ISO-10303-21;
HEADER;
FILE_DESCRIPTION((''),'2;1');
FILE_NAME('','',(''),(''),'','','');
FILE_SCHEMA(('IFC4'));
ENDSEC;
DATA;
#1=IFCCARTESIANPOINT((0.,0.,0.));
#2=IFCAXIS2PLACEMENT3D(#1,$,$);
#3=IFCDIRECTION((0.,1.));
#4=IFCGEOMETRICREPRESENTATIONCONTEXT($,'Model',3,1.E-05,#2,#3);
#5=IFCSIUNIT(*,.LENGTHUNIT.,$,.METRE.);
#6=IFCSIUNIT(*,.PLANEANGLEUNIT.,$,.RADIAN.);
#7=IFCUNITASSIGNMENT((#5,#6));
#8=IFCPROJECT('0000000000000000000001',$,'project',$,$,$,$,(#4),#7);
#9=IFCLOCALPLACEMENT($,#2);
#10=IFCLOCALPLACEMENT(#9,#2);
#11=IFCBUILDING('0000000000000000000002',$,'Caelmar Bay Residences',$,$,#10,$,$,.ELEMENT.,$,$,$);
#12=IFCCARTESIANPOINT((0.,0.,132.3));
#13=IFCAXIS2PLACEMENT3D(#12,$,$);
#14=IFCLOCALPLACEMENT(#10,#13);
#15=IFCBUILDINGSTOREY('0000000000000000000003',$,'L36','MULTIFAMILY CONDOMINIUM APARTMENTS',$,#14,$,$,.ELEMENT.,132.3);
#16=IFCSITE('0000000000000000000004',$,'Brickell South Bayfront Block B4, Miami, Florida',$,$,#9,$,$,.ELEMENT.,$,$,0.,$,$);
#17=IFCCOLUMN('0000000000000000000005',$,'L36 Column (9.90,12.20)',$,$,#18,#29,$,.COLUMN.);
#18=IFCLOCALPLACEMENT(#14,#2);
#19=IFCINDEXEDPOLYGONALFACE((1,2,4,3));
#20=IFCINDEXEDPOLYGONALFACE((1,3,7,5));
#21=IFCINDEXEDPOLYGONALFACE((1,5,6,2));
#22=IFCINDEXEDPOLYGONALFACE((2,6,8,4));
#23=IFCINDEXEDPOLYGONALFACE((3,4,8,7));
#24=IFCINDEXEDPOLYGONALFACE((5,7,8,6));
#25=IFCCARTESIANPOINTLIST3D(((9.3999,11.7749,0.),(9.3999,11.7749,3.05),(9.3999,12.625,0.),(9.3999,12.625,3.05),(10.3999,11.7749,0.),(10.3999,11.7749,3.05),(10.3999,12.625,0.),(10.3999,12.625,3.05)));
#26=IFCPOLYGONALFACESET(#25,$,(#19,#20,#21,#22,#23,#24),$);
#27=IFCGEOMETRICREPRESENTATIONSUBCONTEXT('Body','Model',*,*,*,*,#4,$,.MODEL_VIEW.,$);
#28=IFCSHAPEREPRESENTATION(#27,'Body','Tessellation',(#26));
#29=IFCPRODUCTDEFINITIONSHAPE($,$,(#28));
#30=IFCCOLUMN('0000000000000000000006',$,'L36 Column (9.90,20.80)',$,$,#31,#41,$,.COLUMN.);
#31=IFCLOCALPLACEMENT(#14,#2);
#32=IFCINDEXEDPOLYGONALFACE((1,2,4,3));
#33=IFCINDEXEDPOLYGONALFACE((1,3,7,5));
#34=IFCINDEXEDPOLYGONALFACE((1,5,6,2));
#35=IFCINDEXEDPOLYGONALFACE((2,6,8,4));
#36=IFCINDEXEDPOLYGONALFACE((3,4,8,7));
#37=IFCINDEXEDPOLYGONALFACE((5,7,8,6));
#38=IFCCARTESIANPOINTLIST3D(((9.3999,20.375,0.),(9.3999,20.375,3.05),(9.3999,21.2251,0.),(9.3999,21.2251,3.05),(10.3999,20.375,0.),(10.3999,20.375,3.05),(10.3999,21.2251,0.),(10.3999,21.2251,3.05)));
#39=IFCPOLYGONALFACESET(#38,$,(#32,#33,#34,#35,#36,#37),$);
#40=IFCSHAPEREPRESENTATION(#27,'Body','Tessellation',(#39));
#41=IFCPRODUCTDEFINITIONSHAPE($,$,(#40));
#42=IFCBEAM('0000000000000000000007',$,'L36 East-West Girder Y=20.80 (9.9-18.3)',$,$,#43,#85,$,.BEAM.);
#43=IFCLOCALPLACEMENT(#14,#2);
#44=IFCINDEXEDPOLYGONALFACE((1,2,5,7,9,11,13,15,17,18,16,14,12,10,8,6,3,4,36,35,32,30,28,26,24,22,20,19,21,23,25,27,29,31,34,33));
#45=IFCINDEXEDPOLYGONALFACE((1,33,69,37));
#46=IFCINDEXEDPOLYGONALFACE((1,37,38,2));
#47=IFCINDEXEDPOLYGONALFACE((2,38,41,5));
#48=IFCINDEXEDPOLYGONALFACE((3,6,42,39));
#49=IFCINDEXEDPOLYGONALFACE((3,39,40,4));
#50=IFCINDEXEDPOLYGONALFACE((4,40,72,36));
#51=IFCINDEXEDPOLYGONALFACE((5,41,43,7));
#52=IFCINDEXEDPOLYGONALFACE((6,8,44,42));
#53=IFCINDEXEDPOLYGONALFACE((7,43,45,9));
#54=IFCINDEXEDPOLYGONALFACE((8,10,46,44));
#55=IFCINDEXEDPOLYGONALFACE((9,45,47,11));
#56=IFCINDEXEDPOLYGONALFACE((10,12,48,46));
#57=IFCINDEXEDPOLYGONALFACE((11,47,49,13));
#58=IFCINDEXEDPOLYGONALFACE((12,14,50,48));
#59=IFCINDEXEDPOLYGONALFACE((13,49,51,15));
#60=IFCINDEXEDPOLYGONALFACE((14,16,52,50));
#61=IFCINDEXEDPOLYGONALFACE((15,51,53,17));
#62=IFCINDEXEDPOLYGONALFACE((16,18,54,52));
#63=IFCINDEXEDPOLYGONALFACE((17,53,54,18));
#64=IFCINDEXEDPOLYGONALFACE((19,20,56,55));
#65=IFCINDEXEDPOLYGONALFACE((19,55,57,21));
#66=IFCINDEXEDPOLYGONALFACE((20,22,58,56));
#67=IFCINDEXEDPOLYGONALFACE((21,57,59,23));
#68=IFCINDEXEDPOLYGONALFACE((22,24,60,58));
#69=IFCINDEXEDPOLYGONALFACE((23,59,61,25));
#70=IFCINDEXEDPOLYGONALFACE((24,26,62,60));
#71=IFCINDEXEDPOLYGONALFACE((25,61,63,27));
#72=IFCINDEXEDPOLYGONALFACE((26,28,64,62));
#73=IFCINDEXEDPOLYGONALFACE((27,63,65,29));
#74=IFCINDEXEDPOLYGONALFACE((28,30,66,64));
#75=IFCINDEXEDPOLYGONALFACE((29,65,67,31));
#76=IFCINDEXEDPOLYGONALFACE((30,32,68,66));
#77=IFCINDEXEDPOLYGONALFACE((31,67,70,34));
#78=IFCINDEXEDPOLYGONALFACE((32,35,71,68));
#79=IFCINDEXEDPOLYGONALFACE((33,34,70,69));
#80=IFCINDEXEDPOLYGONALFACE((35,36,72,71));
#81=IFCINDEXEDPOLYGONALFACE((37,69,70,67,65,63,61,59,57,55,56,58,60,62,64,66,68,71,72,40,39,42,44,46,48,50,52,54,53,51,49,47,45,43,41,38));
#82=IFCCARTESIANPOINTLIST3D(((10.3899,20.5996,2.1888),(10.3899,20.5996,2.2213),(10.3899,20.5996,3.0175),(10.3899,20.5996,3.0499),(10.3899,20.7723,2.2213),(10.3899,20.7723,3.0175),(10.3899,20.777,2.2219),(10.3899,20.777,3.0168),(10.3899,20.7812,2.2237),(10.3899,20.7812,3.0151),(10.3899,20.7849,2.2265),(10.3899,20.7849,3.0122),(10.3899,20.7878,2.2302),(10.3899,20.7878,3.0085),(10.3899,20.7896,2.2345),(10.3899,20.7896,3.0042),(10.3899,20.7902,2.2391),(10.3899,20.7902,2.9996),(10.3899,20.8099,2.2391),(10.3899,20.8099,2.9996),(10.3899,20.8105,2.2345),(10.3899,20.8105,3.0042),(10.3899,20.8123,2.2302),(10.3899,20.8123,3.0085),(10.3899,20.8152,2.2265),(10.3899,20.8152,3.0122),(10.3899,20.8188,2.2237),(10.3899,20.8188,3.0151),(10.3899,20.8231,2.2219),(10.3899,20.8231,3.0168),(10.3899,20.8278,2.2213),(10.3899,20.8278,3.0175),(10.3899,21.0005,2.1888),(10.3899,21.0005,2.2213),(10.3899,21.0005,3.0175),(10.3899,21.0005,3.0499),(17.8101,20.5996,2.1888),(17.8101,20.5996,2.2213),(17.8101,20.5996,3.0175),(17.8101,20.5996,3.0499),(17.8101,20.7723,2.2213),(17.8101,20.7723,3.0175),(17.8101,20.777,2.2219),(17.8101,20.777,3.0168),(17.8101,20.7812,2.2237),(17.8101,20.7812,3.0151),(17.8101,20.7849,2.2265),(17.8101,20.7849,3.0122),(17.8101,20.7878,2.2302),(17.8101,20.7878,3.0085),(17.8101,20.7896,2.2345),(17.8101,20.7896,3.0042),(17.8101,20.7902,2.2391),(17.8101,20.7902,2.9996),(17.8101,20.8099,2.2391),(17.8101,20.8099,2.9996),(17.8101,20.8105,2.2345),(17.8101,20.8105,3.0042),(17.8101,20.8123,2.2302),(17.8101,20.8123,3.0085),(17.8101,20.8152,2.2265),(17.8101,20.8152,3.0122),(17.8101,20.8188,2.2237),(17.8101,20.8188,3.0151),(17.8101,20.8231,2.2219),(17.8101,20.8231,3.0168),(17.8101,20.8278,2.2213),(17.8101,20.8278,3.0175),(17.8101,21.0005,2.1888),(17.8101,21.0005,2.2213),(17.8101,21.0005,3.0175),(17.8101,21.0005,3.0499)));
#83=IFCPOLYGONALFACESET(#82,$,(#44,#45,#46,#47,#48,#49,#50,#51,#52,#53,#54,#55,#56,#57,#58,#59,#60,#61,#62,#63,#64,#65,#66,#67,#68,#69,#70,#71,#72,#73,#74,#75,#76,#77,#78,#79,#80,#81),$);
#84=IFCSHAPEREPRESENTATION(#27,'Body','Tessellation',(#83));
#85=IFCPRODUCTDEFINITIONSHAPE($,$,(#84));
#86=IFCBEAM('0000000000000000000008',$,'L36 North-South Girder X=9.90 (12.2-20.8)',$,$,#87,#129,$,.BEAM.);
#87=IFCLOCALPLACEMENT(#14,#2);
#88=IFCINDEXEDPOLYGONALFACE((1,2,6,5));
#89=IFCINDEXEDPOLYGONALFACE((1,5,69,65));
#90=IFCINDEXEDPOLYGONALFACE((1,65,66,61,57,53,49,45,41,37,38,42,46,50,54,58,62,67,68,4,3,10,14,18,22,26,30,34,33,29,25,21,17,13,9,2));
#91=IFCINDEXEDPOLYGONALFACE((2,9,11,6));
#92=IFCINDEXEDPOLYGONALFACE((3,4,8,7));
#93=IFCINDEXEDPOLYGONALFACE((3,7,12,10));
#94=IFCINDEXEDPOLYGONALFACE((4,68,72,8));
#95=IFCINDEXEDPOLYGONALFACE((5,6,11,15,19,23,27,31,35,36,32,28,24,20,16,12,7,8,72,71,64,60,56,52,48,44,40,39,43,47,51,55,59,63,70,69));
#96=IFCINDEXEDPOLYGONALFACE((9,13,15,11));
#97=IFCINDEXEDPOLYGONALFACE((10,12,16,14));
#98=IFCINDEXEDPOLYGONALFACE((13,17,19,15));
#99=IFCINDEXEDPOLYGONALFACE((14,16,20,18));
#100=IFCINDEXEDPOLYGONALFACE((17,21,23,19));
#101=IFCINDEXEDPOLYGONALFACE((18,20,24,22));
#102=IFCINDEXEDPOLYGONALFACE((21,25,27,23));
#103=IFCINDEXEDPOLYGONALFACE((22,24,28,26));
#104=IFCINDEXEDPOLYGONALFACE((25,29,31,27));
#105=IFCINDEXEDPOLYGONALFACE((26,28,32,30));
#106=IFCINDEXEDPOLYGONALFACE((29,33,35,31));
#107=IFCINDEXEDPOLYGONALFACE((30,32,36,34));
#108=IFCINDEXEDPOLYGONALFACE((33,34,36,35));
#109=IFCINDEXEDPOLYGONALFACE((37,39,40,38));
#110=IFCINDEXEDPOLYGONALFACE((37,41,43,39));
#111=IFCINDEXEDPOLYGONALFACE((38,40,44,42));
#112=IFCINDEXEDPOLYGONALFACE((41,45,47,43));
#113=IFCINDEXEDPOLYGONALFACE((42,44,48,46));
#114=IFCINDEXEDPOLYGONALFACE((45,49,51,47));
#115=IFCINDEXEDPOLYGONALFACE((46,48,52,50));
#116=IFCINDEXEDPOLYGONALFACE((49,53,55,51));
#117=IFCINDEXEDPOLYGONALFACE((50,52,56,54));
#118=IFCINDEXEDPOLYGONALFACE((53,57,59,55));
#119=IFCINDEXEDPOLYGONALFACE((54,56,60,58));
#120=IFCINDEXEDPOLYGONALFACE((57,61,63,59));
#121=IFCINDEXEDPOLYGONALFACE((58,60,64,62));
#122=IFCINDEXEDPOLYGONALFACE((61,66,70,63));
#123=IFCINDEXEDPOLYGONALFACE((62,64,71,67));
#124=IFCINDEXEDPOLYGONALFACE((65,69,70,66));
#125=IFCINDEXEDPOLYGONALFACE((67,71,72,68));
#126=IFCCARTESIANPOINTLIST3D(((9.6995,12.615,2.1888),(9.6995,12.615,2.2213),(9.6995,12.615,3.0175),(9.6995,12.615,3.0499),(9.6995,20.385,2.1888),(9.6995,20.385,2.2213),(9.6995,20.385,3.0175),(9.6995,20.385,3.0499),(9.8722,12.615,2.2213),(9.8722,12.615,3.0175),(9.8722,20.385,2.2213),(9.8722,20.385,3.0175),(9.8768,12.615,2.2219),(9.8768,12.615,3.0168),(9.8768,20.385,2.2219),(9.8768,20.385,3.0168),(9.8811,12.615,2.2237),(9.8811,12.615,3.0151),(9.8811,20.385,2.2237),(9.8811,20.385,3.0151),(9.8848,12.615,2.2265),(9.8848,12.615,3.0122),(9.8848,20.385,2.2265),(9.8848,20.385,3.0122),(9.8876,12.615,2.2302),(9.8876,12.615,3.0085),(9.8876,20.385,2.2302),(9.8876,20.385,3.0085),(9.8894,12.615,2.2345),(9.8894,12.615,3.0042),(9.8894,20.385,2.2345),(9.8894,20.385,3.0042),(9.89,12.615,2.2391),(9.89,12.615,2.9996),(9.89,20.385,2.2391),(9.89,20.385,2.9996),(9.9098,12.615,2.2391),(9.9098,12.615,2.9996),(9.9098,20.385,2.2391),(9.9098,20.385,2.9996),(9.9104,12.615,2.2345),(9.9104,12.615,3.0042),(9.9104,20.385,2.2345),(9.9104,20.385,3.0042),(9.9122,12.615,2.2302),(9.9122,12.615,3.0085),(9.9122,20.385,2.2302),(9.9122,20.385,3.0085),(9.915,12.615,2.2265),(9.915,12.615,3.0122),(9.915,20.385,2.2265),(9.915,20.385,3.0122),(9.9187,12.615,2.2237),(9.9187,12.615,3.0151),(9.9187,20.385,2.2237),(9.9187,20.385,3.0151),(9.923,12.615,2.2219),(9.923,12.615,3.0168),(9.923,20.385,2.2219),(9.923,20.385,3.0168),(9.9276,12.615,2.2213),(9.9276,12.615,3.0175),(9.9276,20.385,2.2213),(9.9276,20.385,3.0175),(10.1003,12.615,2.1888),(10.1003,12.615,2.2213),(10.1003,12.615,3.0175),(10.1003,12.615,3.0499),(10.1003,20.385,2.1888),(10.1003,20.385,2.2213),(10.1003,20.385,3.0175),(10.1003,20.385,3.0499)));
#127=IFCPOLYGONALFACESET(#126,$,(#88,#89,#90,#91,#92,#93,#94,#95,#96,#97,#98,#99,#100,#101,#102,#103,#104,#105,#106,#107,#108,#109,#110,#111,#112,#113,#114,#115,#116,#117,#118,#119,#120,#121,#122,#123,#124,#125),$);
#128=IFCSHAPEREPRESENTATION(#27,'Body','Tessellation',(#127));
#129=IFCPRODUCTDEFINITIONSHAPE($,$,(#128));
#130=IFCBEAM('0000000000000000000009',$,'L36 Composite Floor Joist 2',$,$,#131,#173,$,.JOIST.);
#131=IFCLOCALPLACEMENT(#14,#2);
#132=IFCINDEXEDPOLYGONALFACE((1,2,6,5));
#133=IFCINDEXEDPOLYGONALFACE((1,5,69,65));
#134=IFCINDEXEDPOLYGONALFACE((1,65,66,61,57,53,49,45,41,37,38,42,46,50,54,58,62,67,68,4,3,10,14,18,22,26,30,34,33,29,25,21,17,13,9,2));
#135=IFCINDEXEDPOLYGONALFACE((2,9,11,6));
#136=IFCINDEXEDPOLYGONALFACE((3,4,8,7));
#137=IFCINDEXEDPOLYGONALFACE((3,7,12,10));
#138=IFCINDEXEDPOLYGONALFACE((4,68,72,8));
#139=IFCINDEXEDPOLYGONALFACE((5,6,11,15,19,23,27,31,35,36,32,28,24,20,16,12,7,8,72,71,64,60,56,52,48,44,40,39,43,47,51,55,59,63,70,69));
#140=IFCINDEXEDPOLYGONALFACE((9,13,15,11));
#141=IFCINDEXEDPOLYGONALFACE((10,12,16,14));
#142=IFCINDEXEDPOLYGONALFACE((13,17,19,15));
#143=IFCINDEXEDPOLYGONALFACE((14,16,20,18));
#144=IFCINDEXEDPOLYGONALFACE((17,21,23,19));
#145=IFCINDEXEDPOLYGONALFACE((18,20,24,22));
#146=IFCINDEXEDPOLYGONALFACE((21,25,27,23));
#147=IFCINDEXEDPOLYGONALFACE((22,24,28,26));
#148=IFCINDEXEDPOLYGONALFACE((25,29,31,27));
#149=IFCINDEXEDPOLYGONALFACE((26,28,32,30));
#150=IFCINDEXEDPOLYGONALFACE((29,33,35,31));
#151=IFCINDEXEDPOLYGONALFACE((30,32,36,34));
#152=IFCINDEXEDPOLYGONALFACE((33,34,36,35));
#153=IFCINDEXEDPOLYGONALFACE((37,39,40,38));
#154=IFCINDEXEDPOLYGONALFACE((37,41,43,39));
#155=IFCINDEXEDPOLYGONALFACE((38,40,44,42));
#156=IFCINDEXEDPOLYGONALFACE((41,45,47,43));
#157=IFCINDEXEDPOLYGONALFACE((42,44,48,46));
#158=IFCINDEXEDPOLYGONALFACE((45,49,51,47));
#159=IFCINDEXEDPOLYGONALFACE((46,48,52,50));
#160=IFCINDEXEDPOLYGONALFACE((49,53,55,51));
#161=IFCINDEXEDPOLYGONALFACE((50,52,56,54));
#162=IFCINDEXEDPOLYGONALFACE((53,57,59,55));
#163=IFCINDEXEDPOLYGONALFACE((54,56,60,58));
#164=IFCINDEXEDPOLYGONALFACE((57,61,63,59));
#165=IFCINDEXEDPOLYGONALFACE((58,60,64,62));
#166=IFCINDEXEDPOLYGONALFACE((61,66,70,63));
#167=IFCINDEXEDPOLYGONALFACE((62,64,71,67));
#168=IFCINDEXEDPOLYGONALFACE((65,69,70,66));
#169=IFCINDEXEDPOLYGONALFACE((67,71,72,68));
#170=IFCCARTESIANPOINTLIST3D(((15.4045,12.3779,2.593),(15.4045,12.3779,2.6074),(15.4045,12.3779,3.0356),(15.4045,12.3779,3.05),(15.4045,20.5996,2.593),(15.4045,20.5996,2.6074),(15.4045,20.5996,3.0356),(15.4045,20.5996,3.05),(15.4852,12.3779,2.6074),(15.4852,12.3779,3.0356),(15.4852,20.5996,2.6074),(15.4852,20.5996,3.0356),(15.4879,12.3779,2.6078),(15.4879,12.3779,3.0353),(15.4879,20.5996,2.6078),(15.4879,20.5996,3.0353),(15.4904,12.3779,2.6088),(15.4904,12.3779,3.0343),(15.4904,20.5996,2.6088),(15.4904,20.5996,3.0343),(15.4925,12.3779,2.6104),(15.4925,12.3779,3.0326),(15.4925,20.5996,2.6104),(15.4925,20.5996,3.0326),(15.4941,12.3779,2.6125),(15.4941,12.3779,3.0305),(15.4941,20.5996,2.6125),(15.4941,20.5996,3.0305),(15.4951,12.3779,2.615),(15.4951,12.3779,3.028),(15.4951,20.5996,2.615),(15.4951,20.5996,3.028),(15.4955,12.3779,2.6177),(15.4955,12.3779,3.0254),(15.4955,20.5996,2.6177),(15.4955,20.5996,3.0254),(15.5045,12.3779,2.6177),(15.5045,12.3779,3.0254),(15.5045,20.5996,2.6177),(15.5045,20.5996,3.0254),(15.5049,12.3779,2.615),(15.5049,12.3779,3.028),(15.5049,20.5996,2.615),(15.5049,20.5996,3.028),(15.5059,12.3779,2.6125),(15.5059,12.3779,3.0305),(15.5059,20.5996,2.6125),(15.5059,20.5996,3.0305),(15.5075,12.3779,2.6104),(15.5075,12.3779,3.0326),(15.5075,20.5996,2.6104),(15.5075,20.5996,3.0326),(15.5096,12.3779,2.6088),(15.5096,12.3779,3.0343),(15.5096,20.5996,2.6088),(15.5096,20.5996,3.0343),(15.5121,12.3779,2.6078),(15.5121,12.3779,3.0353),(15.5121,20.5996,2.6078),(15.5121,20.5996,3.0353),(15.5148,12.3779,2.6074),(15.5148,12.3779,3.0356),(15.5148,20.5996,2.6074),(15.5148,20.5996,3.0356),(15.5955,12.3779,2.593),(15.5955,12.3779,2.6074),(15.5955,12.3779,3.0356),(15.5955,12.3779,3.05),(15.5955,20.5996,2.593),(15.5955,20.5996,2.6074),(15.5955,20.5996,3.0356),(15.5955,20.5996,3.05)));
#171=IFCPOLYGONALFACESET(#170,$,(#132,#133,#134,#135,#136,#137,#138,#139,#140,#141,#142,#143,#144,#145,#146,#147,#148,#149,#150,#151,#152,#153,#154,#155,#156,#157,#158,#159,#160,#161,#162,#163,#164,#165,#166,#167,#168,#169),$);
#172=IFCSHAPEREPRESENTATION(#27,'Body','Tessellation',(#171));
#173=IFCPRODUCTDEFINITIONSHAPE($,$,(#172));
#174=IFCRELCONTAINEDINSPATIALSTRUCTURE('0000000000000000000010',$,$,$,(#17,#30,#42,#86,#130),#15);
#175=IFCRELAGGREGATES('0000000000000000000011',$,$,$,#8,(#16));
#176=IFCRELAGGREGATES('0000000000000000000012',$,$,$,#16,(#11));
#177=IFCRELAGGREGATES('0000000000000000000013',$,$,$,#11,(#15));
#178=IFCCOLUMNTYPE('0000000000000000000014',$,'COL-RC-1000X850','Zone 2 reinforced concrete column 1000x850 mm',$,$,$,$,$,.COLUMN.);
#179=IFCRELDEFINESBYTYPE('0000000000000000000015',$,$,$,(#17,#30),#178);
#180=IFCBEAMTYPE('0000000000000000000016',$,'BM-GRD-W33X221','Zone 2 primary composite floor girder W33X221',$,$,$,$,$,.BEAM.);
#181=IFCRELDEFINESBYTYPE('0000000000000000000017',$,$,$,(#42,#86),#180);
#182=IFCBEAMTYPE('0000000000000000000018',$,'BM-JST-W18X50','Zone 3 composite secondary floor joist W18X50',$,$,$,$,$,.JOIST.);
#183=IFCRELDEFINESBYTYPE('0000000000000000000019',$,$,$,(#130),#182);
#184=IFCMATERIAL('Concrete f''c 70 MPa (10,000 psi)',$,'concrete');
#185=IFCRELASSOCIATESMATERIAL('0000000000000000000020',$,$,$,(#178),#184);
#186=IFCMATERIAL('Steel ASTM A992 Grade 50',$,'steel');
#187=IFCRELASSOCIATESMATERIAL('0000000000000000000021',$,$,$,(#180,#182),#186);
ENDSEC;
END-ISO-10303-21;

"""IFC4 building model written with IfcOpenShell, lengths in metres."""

from ifc_helpers import new_model, si_unit, direction, frame, origin, origin_2d, place, context, subcontext, project, spatial, rectangle, i_section, extrude, material, material_profile, profile_set, type_object, element, save


model = new_model("IFC4")

# Units and contexts
model_context = context("Model", 3, precision=1e-05, world=origin(), true_north=direction((0.0, 1.0)))
body_context = subcontext(model_context, "Body", "Model", "MODEL_VIEW")
ifc_project = project(units=[si_unit("LENGTHUNIT", "METRE"), si_unit("PLANEANGLEUNIT", "RADIAN")], contexts=[model_context])

# Site, building, storey
site_placement = place(None, origin())
site = spatial("IfcSite", under=ifc_project, at=site_placement, Name="Brickell South Bayfront Block B4, Miami, Florida", CompositionType="ELEMENT", RefElevation=0.0)
building_placement = place(site_placement, origin())
building = spatial("IfcBuilding", under=site, at=building_placement, Name="Caelmar Bay Residences", CompositionType="ELEMENT")
storey_placement = place(building_placement, frame((0.0, 0.0, 132.3)))
storey = spatial("IfcBuildingStorey", under=building, at=storey_placement, Name="L36", Description="MULTIFAMILY CONDOMINIUM APARTMENTS", CompositionType="ELEMENT", Elevation=132.3)

# Columns
ifc_material_1 = material(Name="Concrete f'c 70 MPa (10,000 psi)", Category="concrete")
ifc_material_profile_1 = material_profile(ifc_material_1, rectangle(XDim=1.0, YDim=0.8501, at=origin_2d()), Name="RC-COL-1000X850")
ifc_profile_set_1 = profile_set([ifc_material_profile_1], Name="Concrete f'c 70 MPa (10,000 psi)")
column_type = type_object("IfcColumnType", Name="COL-RC-1000X850", Description="Zone 2 reinforced concrete column 1000x850 mm", PredefinedType="COLUMN", material=ifc_profile_set_1)
for number, where, z_axis, x_axis, name in (
    (1, (9.8999, 12.2, 0.0), (0.0, 0.0, 1.0), (1.0, 0.0, 0.0), "L36 Column (9.90,12.20)"),
    (2, (9.8999, 20.8, 0.0), (0.0, 0.0, 1.0), (1.0, 0.0, 0.0), "L36 Column (9.90,20.80)"),
):
    element("IfcColumn", number, at=place(storey_placement, frame(where, z_axis=z_axis, x_axis=x_axis)), inside=storey, type_object=column_type, Name=name, PredefinedType="COLUMN", context=body_context, shape_type="SweptSolid", body=[
        extrude(rectangle(XDim=1.0, YDim=0.8501, at=origin_2d()), origin(), (0.0, 0.0, 1.0), 3.05),
    ])

# Beams
ifc_material_2 = material(Name="Steel ASTM A992 Grade 50", Category="steel")
ifc_material_profile_2 = material_profile(ifc_material_2, i_section(OverallWidth=0.4009, OverallDepth=0.8611, WebThickness=0.0198, FlangeThickness=0.0325, FilletRadius=0.0178, at=origin_2d()), Name="W33X221")
ifc_profile_set_2 = profile_set([ifc_material_profile_2], Name="Steel ASTM A992 Grade 50")
beam_type_1 = type_object("IfcBeamType", Name="BM-GRD-W33X221", Description="Zone 2 primary composite floor girder W33X221", PredefinedType="BEAM", material=ifc_profile_set_2)
beam_1_placement = place(storey_placement, frame((10.3899, 20.8, 2.6194), z_axis=(1.0, 0.0, 0.0), x_axis=(0.0, 1.0, 0.0)))
element("IfcBeam", 3, at=beam_1_placement, inside=storey, type_object=beam_type_1, Name="L36 East-West Girder Y=20.80 (9.9-18.3)", PredefinedType="BEAM", context=body_context, shape_type="SweptSolid", body=[
    extrude(i_section(OverallWidth=0.4009, OverallDepth=0.8611, WebThickness=0.0198, FlangeThickness=0.0325, FilletRadius=0.0178, at=origin_2d()), origin(), (0.0, 0.0, 1.0), 7.4202),
])
beam_2_placement = place(storey_placement, frame((9.8999, 12.615, 2.6194), z_axis=(0.0, 1.0, 0.0), x_axis=(-1.0, 0.0, 0.0)))
element("IfcBeam", 4, at=beam_2_placement, inside=storey, type_object=beam_type_1, Name="L36 North-South Girder X=9.90 (12.2-20.8)", PredefinedType="BEAM", context=body_context, shape_type="SweptSolid", body=[
    extrude(i_section(OverallWidth=0.4009, OverallDepth=0.8611, WebThickness=0.0198, FlangeThickness=0.0325, FilletRadius=0.0178, at=origin_2d()), origin(), (0.0, 0.0, 1.0), 7.77),
])
ifc_material_profile_3 = material_profile(ifc_material_2, i_section(OverallWidth=0.1909, OverallDepth=0.457, WebThickness=0.009, FlangeThickness=0.0144, FilletRadius=0.0103, at=origin_2d()), Name="W18X50")
ifc_profile_set_3 = profile_set([ifc_material_profile_3], Name="Steel ASTM A992 Grade 50")
beam_type_2 = type_object("IfcBeamType", Name="BM-JST-W18X50", Description="Zone 3 composite secondary floor joist W18X50", PredefinedType="JOIST", material=ifc_profile_set_3)
beam_3_placement = place(storey_placement, frame((15.5, 12.3779, 2.8215), z_axis=(0.0, 1.0, 0.0), x_axis=(-1.0, 0.0, 0.0)))
element("IfcBeam", 5, at=beam_3_placement, inside=storey, type_object=beam_type_2, Name="L36 Composite Floor Joist 2", PredefinedType="JOIST", context=body_context, shape_type="SweptSolid", body=[
    extrude(i_section(OverallWidth=0.1909, OverallDepth=0.457, WebThickness=0.009, FlangeThickness=0.0144, FilletRadius=0.0103, at=origin_2d()), origin(), (0.0, 0.0, 1.0), 8.2217),
])

save(model, "model.ifc")
